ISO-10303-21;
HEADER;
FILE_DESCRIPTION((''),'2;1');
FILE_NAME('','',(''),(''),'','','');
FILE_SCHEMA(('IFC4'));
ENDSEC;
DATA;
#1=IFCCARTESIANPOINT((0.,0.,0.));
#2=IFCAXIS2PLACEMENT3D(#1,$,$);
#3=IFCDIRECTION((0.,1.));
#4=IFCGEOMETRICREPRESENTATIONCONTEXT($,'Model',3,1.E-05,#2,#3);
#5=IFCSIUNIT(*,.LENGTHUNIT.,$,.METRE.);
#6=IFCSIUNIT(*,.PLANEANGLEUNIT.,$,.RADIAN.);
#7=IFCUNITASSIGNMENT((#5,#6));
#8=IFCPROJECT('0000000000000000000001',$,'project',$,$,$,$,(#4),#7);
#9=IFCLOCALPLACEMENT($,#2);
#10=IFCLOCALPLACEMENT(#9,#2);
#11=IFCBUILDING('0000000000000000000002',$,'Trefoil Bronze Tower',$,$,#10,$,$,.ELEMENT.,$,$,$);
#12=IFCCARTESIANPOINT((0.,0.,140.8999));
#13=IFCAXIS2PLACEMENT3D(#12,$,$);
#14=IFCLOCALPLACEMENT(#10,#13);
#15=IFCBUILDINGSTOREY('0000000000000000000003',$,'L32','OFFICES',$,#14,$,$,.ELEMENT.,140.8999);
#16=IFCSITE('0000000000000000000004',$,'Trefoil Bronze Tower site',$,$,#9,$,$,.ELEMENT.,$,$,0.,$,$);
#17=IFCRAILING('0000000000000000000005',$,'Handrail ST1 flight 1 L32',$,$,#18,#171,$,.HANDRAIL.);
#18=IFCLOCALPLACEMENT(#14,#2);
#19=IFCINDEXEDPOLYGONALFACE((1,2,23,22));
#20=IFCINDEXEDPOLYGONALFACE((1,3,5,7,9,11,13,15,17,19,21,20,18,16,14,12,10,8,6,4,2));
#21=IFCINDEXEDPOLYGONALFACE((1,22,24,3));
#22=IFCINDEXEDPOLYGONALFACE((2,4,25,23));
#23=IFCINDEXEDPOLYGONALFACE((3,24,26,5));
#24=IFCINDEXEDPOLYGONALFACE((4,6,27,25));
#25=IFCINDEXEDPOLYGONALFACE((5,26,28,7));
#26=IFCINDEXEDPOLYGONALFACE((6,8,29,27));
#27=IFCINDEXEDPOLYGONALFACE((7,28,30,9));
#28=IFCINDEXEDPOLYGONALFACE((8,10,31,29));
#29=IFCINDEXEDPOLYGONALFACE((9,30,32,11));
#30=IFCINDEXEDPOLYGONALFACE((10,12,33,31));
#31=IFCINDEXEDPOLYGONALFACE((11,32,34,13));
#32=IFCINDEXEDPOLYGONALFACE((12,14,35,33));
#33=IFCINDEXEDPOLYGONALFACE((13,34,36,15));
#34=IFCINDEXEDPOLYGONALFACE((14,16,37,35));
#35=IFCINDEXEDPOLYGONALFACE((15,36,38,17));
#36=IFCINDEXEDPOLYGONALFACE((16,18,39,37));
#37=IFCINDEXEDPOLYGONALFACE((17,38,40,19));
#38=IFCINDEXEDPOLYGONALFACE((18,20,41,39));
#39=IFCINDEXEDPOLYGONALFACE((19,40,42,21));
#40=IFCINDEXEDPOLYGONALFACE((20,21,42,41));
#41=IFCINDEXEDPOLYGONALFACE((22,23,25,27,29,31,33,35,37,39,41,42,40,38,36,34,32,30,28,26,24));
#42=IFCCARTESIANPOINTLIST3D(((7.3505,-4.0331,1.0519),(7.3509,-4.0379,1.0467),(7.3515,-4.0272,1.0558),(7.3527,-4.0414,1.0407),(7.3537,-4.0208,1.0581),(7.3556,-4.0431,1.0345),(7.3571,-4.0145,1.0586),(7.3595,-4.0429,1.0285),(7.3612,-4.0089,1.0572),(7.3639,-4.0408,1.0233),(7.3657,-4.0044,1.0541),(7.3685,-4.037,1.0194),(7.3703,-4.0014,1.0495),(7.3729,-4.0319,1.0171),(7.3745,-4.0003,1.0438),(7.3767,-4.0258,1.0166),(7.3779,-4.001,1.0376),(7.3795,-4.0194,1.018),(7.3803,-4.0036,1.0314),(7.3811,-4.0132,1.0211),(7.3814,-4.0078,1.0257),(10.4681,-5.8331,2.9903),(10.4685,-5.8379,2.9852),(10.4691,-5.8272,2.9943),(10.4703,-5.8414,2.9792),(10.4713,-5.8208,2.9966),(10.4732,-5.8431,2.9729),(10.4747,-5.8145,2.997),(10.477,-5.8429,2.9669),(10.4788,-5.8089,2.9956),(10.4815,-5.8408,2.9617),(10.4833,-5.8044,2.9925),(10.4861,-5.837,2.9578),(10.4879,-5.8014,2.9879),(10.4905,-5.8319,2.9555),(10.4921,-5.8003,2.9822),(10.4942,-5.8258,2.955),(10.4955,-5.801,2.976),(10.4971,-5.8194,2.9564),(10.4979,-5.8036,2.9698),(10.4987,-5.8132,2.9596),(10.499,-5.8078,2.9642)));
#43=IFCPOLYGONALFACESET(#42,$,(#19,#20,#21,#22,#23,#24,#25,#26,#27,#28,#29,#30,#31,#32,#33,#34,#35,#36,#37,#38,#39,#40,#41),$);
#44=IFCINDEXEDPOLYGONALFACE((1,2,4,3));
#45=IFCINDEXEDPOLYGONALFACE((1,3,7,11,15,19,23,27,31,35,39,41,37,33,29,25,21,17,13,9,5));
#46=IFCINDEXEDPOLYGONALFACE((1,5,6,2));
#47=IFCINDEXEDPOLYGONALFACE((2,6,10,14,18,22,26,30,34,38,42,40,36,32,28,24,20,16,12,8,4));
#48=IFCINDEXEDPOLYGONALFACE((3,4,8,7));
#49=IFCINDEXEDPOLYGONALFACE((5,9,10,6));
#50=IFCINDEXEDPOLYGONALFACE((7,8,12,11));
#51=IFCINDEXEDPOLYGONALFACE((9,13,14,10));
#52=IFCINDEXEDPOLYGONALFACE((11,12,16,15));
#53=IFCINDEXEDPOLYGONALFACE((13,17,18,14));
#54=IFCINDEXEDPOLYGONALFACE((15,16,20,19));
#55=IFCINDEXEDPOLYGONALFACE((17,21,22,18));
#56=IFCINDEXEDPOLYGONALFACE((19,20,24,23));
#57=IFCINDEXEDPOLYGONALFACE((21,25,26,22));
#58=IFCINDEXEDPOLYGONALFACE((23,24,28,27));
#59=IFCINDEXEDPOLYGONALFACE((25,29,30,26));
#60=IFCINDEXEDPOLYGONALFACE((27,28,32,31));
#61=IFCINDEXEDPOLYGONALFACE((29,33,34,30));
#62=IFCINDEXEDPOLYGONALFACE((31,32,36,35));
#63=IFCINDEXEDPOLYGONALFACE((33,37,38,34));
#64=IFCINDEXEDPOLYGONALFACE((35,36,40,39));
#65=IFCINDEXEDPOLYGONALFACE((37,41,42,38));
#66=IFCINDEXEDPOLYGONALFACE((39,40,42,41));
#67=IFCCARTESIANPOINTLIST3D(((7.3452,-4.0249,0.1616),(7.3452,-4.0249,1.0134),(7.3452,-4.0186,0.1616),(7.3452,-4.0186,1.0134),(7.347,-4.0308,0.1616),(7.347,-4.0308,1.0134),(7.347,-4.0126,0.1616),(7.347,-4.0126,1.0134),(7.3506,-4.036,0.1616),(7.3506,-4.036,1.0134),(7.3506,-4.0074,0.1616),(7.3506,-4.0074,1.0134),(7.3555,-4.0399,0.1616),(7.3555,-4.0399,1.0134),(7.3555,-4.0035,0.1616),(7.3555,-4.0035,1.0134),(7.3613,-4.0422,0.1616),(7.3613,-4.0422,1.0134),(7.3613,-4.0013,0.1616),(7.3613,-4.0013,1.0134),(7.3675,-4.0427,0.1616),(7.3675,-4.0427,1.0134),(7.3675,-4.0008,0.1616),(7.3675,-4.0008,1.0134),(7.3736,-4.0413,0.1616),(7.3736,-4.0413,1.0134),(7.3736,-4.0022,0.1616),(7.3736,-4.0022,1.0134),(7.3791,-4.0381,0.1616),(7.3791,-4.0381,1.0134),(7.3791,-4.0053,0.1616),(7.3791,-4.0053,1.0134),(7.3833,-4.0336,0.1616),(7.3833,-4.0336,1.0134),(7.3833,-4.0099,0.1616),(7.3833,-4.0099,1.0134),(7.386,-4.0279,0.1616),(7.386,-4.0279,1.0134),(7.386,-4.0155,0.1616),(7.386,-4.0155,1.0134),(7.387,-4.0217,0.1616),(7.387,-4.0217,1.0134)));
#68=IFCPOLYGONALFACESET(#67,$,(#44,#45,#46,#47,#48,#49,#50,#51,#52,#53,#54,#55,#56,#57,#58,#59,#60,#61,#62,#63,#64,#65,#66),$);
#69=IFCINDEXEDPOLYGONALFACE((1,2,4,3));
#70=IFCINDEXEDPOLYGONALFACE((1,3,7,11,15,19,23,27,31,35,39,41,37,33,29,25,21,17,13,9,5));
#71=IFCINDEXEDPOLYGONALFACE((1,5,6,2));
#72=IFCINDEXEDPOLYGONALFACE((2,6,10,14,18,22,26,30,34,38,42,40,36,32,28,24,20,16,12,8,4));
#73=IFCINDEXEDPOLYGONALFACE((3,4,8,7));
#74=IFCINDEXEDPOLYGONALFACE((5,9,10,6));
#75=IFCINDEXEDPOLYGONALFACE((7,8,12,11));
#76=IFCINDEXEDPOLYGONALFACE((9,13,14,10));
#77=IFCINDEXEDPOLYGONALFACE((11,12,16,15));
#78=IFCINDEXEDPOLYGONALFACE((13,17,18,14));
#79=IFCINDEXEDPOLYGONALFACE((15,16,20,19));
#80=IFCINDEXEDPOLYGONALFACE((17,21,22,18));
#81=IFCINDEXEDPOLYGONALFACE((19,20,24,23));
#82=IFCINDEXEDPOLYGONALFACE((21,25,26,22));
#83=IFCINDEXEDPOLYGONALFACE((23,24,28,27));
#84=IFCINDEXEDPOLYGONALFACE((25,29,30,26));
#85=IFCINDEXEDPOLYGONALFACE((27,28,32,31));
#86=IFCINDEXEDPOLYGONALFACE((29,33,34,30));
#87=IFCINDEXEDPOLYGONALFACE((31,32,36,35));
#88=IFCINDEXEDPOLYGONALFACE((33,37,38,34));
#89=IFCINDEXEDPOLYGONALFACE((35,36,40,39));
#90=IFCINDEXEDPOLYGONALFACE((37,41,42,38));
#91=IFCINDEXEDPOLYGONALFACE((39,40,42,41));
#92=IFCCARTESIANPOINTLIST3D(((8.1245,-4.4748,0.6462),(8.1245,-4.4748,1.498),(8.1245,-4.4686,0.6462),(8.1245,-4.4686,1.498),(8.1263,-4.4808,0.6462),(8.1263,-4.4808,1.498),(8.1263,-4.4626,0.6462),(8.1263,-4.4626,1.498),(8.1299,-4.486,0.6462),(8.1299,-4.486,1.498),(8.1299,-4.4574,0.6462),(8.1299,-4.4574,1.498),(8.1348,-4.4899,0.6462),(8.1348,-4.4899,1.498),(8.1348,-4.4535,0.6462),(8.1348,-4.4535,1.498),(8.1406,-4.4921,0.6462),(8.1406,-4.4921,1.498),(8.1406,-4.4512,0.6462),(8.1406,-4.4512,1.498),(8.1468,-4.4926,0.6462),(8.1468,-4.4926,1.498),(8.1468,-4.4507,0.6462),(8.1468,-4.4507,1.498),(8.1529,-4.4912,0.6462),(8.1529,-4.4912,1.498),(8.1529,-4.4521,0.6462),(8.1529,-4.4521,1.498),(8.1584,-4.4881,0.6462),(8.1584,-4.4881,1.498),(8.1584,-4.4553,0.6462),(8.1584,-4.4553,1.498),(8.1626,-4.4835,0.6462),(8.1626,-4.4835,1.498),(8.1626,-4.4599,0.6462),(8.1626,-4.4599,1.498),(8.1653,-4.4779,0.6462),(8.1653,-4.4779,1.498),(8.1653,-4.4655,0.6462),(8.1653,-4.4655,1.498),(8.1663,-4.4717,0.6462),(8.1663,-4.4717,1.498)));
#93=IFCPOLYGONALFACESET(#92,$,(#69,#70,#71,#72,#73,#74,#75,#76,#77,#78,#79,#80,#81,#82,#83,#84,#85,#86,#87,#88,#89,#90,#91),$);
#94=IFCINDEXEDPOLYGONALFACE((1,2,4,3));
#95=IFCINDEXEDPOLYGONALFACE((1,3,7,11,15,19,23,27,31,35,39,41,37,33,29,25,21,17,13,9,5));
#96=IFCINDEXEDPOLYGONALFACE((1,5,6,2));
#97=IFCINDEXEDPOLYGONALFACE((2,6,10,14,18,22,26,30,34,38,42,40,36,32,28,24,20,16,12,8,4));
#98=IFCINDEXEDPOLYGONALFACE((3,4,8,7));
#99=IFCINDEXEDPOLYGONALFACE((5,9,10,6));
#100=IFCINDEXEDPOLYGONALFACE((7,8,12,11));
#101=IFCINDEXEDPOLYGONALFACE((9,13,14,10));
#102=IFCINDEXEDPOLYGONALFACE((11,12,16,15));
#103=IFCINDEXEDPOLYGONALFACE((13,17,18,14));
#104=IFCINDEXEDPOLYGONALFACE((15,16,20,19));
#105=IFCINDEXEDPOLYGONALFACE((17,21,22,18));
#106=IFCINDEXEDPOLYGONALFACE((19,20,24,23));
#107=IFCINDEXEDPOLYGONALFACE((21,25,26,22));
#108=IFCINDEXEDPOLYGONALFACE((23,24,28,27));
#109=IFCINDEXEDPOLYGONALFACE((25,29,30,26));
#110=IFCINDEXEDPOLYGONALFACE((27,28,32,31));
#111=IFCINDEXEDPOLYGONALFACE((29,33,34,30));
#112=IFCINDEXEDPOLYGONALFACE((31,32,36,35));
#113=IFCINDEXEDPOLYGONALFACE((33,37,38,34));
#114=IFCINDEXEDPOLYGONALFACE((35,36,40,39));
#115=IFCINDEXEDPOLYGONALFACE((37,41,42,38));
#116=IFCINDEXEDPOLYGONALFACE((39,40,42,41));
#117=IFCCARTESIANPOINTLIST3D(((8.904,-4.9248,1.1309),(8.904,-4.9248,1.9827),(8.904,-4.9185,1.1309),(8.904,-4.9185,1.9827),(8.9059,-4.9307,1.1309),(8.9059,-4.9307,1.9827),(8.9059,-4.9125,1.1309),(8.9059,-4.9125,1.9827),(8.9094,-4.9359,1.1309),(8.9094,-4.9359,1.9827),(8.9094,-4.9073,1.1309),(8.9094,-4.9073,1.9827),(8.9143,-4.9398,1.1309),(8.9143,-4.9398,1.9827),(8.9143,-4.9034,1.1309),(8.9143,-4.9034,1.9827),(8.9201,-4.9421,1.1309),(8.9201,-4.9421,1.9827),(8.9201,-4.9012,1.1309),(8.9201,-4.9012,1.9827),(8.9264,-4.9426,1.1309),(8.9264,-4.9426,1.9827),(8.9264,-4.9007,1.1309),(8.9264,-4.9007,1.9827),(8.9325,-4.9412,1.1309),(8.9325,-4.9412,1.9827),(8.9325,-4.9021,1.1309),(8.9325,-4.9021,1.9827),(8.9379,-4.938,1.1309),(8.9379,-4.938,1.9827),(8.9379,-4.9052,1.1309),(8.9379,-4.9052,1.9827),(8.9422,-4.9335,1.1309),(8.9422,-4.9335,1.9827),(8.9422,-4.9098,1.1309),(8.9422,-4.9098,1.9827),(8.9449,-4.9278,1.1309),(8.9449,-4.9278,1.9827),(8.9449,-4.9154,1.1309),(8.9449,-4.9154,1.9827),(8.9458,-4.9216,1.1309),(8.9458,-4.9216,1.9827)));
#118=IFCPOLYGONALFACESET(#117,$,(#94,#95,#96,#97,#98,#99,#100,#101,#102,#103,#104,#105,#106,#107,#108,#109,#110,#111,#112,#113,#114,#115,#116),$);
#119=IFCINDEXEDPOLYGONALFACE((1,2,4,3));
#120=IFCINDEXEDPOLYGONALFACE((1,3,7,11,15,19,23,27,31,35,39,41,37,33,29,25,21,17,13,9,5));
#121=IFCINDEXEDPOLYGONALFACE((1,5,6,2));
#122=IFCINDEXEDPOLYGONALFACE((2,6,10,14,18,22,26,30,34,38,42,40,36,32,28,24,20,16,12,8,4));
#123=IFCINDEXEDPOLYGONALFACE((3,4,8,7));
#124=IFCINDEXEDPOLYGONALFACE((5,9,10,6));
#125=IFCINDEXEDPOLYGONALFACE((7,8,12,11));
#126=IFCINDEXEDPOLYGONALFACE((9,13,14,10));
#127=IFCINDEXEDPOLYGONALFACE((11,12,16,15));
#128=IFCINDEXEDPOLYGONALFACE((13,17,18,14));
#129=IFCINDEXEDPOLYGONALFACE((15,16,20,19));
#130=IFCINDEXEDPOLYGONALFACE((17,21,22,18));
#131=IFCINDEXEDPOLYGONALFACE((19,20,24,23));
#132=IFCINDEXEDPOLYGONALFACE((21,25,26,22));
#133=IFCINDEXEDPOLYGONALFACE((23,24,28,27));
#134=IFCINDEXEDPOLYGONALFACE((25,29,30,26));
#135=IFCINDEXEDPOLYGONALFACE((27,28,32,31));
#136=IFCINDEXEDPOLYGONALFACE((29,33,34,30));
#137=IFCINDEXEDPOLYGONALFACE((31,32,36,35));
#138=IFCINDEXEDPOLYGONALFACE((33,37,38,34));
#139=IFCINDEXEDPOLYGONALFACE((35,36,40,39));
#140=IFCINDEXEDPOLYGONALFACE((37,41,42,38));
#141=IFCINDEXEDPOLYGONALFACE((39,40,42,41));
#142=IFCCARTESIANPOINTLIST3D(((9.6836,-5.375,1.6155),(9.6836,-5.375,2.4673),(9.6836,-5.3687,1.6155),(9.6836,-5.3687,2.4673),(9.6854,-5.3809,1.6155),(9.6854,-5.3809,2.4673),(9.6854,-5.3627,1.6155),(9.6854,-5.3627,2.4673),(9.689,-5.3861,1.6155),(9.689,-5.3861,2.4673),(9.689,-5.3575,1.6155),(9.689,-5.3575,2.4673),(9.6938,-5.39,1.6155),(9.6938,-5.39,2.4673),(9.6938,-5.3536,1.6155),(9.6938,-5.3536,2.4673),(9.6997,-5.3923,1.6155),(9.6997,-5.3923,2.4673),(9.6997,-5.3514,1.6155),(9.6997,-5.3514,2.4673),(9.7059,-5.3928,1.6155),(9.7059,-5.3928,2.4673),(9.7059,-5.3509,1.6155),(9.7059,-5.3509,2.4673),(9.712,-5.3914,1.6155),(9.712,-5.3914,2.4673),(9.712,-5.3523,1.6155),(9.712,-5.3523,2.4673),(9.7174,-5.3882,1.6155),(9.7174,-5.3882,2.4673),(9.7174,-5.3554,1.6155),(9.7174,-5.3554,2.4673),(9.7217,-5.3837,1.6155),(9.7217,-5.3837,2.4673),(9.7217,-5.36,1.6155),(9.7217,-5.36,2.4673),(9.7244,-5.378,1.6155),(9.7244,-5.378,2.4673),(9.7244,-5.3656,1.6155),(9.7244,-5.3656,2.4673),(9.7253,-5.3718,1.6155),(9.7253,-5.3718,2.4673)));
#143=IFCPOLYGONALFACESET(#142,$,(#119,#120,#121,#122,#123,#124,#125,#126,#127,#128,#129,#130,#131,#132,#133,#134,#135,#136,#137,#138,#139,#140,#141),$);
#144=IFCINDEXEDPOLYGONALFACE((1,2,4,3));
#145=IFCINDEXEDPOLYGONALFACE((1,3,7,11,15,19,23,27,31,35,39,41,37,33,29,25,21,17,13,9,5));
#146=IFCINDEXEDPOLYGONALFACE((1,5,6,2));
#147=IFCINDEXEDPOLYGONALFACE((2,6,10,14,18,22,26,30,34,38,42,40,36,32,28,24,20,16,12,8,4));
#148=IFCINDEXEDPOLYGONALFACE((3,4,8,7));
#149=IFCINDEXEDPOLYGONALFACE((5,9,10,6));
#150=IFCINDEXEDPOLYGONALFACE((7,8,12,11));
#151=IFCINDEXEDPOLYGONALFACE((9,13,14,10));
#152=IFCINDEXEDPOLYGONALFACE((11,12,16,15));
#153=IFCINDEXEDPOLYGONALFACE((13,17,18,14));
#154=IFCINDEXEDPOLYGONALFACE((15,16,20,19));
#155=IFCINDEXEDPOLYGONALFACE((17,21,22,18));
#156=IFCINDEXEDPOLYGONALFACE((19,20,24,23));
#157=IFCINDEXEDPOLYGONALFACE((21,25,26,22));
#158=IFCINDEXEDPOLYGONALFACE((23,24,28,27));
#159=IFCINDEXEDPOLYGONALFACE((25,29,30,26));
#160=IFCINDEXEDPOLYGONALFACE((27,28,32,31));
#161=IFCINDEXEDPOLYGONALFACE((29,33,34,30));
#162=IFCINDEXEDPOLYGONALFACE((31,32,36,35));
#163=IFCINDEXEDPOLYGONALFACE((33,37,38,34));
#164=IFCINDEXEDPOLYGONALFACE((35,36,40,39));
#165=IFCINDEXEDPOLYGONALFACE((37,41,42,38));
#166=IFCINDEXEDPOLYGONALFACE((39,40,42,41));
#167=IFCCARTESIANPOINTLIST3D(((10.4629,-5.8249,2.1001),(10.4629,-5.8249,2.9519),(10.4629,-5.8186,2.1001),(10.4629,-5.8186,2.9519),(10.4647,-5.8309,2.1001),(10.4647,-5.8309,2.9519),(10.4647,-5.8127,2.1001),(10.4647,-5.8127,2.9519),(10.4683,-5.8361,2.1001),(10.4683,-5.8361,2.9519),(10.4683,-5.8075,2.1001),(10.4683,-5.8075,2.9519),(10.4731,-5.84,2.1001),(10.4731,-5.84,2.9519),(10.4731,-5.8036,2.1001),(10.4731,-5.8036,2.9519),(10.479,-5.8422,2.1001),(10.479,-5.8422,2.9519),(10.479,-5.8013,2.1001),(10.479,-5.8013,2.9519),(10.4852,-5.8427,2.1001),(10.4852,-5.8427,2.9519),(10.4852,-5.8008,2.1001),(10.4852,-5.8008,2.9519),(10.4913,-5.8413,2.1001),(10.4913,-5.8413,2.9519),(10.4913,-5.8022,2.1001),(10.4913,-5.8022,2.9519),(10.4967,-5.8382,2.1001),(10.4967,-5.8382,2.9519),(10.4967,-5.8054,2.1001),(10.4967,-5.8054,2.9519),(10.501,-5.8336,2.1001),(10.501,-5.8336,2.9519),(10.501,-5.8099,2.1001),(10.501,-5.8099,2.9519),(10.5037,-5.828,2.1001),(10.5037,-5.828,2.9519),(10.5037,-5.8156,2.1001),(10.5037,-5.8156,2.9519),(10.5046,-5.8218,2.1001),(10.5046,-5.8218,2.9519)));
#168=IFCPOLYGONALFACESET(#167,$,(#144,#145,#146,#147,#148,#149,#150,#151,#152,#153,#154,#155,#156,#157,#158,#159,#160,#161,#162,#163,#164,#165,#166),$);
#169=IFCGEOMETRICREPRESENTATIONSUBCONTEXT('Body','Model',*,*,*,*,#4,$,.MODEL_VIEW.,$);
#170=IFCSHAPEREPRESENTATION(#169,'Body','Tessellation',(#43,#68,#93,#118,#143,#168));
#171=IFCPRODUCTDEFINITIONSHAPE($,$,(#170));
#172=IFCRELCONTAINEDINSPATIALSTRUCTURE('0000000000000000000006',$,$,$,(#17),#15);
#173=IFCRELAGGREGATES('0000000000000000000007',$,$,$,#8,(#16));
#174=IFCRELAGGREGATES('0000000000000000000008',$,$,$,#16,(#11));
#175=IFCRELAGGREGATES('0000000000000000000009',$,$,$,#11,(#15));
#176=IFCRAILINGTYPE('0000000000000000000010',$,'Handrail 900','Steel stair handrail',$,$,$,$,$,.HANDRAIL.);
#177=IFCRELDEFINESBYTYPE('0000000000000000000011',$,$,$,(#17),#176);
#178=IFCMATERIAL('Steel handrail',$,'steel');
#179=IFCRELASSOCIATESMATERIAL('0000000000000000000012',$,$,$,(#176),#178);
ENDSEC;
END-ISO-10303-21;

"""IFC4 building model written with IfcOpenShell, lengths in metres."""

from ifc_helpers import new_model, si_unit, direction, frame, origin, origin_2d, place, context, subcontext, project, spatial, circle, extrude, material, type_object, element, save


model = new_model("IFC4")

# Units and contexts
model_context = context("Model", 3, precision=1e-05, world=origin(), true_north=direction((0.0, 1.0)))
body_context = subcontext(model_context, "Body", "Model", "MODEL_VIEW")
ifc_project = project(units=[si_unit("LENGTHUNIT", "METRE"), si_unit("PLANEANGLEUNIT", "RADIAN")], contexts=[model_context])

# Site, building, storey
site_placement = place(None, origin())
site = spatial("IfcSite", under=ifc_project, at=site_placement, Name="Trefoil Bronze Tower site", CompositionType="ELEMENT", RefElevation=0.0)
building_placement = place(site_placement, origin())
building = spatial("IfcBuilding", under=site, at=building_placement, Name="Trefoil Bronze Tower", CompositionType="ELEMENT")
storey_placement = place(building_placement, frame((0.0, 0.0, 140.8999)))
storey = spatial("IfcBuildingStorey", under=building, at=storey_placement, Name="L32", Description="OFFICES", CompositionType="ELEMENT", Elevation=140.8999)

# Railing
ifc_material_1 = material(Name="Steel handrail", Category="steel")
railing_type = type_object("IfcRailingType", Name="Handrail 900", Description="Steel stair handrail", PredefinedType="HANDRAIL", material=ifc_material_1)
railing_1_placement = place(storey_placement, frame((7.366, -4.0217, 0.1616)))
element("IfcRailing", 1, at=railing_1_placement, inside=storey, type_object=railing_type, Name="Handrail ST1 flight 1 L32", PredefinedType="HANDRAIL", context=body_context, shape_type="SweptSolid", body=[
    extrude(circle(Radius=0.0239, at=origin_2d()), frame((0.0, 0.0, 0.876), z_axis=(0.762503, -0.440246, 0.474102), x_axis=(0.500012, 0.866018, 0.0)), (0.0, 0.0, 1.0), 4.0886),
    extrude(circle(Radius=0.021, at=origin_2d()), origin(), (0.0, 0.0, 1.0), 0.8518),
    extrude(circle(Radius=0.021, at=origin_2d()), frame((0.7793, -0.45, 0.4846)), (0.0, 0.0, 1.0), 0.8518),
    extrude(circle(Radius=0.021, at=origin_2d()), frame((1.5588, -0.8999, 0.9692)), (0.0, 0.0, 1.0), 0.8518),
    extrude(circle(Radius=0.021, at=origin_2d()), frame((2.3384, -1.3501, 1.4539)), (0.0, 0.0, 1.0), 0.8518),
    extrude(circle(Radius=0.021, at=origin_2d()), frame((3.1177, -1.8, 1.9385)), (0.0, 0.0, 1.0), 0.8518),
])

save(model, "model.ifc")
